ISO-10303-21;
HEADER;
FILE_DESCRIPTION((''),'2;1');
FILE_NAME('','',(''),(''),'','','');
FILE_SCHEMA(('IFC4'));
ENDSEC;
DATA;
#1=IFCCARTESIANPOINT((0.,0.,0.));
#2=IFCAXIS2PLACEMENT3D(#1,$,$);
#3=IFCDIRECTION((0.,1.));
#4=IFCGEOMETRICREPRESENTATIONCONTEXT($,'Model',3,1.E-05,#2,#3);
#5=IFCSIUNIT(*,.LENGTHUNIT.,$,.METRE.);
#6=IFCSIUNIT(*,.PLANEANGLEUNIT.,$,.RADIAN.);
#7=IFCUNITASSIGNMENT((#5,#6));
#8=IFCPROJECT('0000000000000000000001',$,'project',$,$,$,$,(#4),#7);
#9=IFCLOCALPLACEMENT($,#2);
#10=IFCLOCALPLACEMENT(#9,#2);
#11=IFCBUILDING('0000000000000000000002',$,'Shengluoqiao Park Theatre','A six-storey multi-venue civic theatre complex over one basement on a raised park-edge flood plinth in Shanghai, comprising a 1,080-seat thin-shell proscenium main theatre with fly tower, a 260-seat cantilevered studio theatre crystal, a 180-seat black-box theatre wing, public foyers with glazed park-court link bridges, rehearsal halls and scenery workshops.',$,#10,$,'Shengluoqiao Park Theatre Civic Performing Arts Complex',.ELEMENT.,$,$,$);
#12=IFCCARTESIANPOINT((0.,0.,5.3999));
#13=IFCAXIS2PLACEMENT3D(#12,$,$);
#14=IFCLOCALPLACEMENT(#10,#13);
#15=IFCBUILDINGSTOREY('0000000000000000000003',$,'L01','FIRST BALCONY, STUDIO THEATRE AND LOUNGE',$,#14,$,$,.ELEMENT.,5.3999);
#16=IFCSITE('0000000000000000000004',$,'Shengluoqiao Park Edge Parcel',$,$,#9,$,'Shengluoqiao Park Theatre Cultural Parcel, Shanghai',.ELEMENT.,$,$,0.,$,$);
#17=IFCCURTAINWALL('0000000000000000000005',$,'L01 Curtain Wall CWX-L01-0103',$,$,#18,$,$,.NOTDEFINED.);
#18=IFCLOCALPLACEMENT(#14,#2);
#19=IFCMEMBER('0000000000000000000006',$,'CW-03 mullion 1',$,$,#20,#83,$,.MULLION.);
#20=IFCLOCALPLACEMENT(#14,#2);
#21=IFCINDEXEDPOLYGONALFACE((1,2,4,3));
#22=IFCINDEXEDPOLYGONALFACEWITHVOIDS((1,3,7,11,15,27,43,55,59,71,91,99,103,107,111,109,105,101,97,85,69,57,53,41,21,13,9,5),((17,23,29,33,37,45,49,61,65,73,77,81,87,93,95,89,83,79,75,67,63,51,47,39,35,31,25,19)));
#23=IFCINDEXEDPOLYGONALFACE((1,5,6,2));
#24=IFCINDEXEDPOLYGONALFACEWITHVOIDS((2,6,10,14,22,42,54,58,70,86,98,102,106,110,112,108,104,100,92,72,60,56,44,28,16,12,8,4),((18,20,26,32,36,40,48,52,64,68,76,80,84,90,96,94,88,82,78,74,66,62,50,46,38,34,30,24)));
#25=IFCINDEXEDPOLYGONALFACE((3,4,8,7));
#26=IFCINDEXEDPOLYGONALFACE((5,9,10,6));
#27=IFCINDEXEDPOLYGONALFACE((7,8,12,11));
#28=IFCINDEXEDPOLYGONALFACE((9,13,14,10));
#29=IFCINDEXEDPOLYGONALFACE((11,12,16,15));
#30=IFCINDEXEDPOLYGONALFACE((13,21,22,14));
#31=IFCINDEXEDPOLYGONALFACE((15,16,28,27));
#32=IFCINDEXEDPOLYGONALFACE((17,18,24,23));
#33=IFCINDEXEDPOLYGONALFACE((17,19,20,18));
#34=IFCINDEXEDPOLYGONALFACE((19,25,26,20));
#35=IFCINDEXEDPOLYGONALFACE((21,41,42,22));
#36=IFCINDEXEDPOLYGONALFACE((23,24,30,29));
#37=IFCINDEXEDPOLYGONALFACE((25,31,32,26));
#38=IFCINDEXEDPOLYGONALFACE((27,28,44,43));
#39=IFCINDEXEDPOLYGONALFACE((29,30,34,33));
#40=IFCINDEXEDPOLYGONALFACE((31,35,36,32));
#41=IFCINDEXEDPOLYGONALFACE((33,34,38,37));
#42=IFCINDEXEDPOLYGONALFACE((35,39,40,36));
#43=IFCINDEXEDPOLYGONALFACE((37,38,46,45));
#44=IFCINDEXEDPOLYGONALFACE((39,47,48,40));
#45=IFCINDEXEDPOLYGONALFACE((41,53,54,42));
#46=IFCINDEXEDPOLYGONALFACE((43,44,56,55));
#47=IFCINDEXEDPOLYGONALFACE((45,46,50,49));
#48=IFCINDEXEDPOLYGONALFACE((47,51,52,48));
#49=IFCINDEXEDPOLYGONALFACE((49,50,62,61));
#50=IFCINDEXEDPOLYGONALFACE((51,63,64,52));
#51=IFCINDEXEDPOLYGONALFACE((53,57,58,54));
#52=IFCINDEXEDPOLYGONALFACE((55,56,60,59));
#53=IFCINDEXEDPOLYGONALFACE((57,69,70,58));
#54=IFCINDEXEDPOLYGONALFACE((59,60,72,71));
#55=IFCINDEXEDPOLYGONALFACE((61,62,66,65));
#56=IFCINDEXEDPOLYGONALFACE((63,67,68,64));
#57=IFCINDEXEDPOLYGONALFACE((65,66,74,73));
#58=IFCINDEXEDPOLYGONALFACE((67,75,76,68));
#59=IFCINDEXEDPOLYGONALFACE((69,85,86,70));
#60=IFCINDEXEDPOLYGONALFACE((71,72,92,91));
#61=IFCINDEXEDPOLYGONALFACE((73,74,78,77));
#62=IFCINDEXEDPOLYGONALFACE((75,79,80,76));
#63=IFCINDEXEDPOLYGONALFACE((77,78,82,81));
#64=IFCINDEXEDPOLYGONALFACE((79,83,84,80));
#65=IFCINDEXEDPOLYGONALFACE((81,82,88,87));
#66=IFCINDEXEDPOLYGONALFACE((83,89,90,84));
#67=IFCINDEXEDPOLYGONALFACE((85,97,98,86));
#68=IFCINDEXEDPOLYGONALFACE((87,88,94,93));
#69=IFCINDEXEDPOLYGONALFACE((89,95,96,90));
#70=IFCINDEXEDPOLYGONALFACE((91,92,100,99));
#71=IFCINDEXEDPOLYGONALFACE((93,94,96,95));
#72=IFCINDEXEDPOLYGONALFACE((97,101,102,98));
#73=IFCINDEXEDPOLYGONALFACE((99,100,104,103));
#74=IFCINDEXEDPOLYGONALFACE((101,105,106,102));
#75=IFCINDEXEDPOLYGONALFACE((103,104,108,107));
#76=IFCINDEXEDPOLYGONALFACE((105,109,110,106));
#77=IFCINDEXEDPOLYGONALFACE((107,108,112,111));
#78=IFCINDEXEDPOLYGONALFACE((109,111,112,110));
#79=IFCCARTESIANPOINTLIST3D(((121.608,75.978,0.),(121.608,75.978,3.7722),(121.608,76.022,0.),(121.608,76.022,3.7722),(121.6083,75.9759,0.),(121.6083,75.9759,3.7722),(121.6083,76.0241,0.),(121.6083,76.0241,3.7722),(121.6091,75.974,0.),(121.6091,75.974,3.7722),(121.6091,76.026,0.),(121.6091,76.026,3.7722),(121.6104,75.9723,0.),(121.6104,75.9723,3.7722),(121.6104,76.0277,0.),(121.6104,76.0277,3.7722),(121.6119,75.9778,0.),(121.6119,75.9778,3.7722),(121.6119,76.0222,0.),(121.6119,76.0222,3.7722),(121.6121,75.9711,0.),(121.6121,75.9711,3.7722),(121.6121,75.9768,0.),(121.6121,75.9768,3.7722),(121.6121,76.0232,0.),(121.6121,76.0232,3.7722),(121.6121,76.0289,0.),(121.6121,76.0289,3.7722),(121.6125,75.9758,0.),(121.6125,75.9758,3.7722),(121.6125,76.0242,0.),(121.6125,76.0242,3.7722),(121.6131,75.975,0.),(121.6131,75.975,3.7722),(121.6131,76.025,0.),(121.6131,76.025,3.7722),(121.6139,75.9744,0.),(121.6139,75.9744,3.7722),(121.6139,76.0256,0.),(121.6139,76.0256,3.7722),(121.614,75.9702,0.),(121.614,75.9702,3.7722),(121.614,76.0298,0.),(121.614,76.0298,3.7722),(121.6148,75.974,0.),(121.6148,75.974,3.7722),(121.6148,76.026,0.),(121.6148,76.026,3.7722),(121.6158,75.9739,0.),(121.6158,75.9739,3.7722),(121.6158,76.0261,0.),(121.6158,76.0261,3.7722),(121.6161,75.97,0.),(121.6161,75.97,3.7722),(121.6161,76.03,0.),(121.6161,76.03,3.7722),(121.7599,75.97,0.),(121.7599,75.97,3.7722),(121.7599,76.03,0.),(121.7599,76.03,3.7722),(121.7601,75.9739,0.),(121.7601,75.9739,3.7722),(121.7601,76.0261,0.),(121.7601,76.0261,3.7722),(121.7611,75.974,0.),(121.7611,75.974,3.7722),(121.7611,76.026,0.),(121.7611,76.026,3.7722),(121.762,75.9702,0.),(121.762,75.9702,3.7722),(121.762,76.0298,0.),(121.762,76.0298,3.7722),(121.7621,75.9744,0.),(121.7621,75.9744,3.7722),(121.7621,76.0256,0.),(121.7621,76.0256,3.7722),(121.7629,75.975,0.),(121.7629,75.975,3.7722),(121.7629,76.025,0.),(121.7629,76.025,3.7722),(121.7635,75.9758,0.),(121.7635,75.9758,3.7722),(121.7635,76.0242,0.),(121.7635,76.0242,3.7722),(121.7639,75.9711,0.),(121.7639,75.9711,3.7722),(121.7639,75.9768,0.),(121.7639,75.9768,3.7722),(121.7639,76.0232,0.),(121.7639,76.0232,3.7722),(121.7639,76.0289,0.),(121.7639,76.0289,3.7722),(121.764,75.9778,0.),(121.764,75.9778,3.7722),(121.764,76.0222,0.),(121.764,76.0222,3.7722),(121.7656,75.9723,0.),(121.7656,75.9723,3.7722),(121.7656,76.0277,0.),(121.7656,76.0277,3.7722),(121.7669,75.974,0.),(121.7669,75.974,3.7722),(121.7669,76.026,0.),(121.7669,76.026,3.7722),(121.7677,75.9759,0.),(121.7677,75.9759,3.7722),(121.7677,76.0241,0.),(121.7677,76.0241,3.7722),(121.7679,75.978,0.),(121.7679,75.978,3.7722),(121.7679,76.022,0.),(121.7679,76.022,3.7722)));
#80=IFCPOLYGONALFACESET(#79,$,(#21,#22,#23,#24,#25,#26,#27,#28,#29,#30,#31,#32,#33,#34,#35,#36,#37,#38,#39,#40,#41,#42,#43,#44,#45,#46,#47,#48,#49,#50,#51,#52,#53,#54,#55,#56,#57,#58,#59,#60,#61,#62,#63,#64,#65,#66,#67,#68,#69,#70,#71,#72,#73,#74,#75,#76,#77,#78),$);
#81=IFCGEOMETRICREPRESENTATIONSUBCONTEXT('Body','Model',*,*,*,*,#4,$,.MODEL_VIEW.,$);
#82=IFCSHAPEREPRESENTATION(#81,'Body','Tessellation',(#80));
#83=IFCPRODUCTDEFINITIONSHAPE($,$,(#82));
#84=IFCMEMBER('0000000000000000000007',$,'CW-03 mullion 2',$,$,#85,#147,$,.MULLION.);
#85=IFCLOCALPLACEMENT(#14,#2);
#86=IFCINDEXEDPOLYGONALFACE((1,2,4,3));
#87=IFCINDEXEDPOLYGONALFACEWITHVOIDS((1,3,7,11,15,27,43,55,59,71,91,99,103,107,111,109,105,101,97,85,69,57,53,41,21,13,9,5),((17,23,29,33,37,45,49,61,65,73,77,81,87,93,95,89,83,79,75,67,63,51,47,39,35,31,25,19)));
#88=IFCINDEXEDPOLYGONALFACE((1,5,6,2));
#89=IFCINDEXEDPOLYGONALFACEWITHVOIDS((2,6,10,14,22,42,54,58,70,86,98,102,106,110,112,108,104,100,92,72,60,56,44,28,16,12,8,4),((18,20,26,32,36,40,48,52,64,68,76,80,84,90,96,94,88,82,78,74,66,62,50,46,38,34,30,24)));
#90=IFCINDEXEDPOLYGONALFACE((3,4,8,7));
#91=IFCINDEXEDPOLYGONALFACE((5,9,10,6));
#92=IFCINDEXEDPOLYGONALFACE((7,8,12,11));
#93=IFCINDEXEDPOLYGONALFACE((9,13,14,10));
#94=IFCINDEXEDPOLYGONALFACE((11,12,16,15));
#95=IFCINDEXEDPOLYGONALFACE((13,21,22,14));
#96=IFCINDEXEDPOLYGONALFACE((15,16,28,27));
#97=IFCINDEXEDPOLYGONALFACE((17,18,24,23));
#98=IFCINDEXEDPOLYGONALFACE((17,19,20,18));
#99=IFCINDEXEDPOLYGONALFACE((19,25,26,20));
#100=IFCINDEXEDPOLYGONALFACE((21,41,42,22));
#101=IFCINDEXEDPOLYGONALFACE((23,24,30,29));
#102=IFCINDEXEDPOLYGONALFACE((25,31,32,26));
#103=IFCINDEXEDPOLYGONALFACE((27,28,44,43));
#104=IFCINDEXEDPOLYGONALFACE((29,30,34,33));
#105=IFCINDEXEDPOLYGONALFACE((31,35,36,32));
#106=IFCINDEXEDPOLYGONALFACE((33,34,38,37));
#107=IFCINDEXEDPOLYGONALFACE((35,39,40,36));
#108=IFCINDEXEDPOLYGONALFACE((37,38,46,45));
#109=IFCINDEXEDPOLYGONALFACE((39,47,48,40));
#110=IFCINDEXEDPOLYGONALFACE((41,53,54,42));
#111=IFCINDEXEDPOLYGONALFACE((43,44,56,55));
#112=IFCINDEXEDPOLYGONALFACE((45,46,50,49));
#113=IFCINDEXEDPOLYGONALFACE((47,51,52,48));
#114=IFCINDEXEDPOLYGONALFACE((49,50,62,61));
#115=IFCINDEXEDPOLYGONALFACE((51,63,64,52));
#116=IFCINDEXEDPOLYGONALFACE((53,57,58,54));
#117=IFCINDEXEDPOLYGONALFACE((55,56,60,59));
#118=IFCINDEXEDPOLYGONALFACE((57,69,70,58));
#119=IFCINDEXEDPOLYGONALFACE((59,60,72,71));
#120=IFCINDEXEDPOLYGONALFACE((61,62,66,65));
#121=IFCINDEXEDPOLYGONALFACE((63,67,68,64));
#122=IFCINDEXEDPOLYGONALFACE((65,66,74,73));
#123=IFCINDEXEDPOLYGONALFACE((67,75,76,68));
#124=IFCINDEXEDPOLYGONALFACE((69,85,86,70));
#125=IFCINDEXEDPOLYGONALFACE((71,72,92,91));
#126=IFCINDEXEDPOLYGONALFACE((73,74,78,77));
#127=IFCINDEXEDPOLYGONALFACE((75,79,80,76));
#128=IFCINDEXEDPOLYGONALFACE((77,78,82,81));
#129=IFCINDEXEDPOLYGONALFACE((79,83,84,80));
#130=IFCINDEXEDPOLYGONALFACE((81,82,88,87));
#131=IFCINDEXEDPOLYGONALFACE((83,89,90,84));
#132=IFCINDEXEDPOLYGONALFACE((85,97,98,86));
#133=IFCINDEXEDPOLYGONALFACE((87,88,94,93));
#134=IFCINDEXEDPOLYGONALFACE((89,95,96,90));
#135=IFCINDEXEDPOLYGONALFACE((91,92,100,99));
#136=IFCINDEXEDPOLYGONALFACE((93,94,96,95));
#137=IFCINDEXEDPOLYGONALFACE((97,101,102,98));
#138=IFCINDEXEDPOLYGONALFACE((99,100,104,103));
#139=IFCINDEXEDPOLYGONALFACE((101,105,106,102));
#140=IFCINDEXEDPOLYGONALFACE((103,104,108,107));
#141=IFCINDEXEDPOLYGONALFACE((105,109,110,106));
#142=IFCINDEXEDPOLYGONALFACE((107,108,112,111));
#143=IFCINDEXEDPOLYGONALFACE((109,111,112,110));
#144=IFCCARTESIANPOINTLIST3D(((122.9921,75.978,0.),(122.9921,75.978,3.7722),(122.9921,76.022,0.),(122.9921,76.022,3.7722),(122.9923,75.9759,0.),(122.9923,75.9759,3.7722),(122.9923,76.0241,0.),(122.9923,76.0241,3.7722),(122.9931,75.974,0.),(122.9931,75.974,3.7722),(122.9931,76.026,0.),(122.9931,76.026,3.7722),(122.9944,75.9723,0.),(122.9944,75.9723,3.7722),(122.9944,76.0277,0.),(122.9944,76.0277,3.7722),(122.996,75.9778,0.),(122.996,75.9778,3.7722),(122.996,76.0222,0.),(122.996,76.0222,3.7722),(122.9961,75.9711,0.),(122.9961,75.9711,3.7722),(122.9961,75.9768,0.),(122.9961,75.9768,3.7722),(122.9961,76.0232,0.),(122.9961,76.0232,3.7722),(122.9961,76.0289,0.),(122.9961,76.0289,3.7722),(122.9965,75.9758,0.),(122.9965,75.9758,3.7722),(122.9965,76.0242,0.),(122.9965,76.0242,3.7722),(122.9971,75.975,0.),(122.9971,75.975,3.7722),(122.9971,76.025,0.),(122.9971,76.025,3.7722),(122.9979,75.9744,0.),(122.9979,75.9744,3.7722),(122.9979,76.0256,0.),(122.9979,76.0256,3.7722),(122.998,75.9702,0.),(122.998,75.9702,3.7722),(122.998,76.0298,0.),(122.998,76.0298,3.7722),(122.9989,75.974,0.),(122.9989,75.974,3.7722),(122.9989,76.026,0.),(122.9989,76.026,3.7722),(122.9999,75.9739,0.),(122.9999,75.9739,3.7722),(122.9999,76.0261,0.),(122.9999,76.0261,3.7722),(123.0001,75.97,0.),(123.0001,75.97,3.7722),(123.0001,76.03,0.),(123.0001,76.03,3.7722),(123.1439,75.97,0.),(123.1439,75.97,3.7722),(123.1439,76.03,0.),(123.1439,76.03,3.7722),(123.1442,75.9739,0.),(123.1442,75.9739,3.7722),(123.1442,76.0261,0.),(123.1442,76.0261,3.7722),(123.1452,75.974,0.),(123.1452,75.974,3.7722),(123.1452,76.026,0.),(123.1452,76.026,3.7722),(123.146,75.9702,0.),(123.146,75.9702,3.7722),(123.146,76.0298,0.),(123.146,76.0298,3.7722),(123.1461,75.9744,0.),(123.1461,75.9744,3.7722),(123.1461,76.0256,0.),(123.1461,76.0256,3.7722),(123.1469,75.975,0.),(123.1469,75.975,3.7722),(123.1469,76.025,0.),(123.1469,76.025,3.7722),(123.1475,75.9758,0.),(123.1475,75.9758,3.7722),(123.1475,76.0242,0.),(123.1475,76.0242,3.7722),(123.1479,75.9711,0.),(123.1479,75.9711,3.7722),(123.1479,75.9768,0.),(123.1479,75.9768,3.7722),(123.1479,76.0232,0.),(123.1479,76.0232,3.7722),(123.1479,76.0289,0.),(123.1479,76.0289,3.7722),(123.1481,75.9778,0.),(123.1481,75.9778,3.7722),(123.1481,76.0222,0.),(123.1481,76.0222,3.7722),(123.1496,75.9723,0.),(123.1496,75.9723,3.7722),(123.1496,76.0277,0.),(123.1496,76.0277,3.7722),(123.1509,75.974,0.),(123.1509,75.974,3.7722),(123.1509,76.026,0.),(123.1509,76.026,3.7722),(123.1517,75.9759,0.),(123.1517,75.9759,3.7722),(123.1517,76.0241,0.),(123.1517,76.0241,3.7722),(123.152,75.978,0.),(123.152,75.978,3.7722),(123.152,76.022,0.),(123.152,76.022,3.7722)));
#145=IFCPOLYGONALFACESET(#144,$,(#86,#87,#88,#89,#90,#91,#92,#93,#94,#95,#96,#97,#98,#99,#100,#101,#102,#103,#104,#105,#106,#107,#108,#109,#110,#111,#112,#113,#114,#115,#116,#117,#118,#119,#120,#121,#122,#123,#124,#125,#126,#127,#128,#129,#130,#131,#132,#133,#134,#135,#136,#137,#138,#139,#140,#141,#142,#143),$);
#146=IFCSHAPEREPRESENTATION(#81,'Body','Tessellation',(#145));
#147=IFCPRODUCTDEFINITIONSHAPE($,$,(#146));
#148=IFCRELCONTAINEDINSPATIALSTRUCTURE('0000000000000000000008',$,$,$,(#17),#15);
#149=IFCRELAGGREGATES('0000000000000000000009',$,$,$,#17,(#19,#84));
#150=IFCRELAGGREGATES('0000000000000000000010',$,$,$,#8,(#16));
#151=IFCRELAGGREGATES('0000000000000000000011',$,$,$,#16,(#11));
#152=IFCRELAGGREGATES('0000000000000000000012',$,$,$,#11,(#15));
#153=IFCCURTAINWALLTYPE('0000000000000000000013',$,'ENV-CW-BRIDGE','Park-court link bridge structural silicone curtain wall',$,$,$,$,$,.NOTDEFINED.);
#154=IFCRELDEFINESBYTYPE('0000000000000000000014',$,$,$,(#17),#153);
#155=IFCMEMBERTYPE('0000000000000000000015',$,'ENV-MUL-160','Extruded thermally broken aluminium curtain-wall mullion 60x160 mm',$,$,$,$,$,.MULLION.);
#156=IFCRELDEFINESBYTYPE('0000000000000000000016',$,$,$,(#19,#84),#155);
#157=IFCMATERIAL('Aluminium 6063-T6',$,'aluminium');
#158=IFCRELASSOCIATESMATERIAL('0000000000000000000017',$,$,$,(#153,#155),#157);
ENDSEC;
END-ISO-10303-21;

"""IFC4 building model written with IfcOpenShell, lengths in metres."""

from ifc_helpers import new_model, si_unit, direction, frame, origin, origin_2d, place, context, subcontext, project, spatial, hollow_rectangle, extrude, material, material_profile, profile_set, type_object, element, aggregate, save


model = new_model("IFC4")

# Units and contexts
model_context = context("Model", 3, precision=1e-05, world=origin(), true_north=direction((0.0, 1.0)))
body_context = subcontext(model_context, "Body", "Model", "MODEL_VIEW")
ifc_project = project(units=[si_unit("LENGTHUNIT", "METRE"), si_unit("PLANEANGLEUNIT", "RADIAN")], contexts=[model_context])

# Site, building, storey
site_placement = place(None, origin())
site = spatial("IfcSite", under=ifc_project, at=site_placement, Name="Shengluoqiao Park Edge Parcel", LongName="Shengluoqiao Park Theatre Cultural Parcel, Shanghai", CompositionType="ELEMENT", RefElevation=0.0)
building_placement = place(site_placement, origin())
building = spatial("IfcBuilding", under=site, at=building_placement, Name="Shengluoqiao Park Theatre", Description="A six-storey multi-venue civic theatre complex over one basement on a raised park-edge flood plinth in Shanghai, comprising a 1,080-seat thin-shell proscenium main theatre with fly tower, a 260-seat cantilevered studio theatre crystal, a 180-seat black-box theatre wing, public foyers with glazed park-court link bridges, rehearsal halls and scenery workshops.", LongName="Shengluoqiao Park Theatre Civic Performing Arts Complex", CompositionType="ELEMENT")
storey_placement = place(building_placement, frame((0.0, 0.0, 5.3999)))
storey = spatial("IfcBuildingStorey", under=building, at=storey_placement, Name="L01", Description="FIRST BALCONY, STUDIO THEATRE AND LOUNGE", CompositionType="ELEMENT", Elevation=5.3999)

# Curtain wall, members
ifc_material_1 = material(Name="Aluminium 6063-T6", Category="aluminium")
curtain_wall_type = type_object("IfcCurtainWallType", Name="ENV-CW-BRIDGE", Description="Park-court link bridge structural silicone curtain wall", PredefinedType="NOTDEFINED", material=ifc_material_1)
ifc_material_profile_1 = material_profile(ifc_material_1, hollow_rectangle(XDim=0.0601, YDim=0.1599, WallThickness=0.0039, InnerFilletRadius=0.0039, OuterFilletRadius=0.0081, at=origin_2d()), Name="ALU MULLION 160x60x4")
ifc_profile_set_1 = profile_set([ifc_material_profile_1], Name="Aluminium 6063-T6")
member_type_1 = type_object("IfcMemberType", Name="ENV-MUL-160", Description="Extruded thermally broken aluminium curtain-wall mullion 60x160 mm", PredefinedType="MULLION", material=ifc_profile_set_1)
curtain_wall_1_placement = place(storey_placement, origin())
curtain_wall_1 = element("IfcCurtainWall", 1, at=curtain_wall_1_placement, inside=storey, type_object=curtain_wall_type, Name="L01 Curtain Wall CWX-L01-0103", PredefinedType="NOTDEFINED")
member_1_placement = place(storey_placement, frame((121.688, 76.0, 0.0), z_axis=(0.0, 0.0, 1.0), x_axis=(0.0, 1.0, 0.0)))
member_1 = element("IfcMember", 2, at=member_1_placement, type_object=member_type_1, Name="CW-03 mullion 1", PredefinedType="MULLION", context=body_context, shape_type="SweptSolid", body=[
    extrude(hollow_rectangle(XDim=0.0601, YDim=0.1599, WallThickness=0.0039, InnerFilletRadius=0.0039, OuterFilletRadius=0.0081, at=origin_2d()), origin(), (0.0, 0.0, 1.0), 3.7722),
])
member_2_placement = place(storey_placement, frame((123.072, 76.0, 0.0), z_axis=(0.0, 0.0, 1.0), x_axis=(0.0, 1.0, 0.0)))
member_2 = element("IfcMember", 3, at=member_2_placement, type_object=member_type_1, Name="CW-03 mullion 2", PredefinedType="MULLION", context=body_context, shape_type="SweptSolid", body=[
    extrude(hollow_rectangle(XDim=0.0601, YDim=0.1599, WallThickness=0.0039, InnerFilletRadius=0.0039, OuterFilletRadius=0.0081, at=origin_2d()), origin(), (0.0, 0.0, 1.0), 3.7722),
])

aggregate(curtain_wall_1, [member_1, member_2])

save(model, "model.ifc")
